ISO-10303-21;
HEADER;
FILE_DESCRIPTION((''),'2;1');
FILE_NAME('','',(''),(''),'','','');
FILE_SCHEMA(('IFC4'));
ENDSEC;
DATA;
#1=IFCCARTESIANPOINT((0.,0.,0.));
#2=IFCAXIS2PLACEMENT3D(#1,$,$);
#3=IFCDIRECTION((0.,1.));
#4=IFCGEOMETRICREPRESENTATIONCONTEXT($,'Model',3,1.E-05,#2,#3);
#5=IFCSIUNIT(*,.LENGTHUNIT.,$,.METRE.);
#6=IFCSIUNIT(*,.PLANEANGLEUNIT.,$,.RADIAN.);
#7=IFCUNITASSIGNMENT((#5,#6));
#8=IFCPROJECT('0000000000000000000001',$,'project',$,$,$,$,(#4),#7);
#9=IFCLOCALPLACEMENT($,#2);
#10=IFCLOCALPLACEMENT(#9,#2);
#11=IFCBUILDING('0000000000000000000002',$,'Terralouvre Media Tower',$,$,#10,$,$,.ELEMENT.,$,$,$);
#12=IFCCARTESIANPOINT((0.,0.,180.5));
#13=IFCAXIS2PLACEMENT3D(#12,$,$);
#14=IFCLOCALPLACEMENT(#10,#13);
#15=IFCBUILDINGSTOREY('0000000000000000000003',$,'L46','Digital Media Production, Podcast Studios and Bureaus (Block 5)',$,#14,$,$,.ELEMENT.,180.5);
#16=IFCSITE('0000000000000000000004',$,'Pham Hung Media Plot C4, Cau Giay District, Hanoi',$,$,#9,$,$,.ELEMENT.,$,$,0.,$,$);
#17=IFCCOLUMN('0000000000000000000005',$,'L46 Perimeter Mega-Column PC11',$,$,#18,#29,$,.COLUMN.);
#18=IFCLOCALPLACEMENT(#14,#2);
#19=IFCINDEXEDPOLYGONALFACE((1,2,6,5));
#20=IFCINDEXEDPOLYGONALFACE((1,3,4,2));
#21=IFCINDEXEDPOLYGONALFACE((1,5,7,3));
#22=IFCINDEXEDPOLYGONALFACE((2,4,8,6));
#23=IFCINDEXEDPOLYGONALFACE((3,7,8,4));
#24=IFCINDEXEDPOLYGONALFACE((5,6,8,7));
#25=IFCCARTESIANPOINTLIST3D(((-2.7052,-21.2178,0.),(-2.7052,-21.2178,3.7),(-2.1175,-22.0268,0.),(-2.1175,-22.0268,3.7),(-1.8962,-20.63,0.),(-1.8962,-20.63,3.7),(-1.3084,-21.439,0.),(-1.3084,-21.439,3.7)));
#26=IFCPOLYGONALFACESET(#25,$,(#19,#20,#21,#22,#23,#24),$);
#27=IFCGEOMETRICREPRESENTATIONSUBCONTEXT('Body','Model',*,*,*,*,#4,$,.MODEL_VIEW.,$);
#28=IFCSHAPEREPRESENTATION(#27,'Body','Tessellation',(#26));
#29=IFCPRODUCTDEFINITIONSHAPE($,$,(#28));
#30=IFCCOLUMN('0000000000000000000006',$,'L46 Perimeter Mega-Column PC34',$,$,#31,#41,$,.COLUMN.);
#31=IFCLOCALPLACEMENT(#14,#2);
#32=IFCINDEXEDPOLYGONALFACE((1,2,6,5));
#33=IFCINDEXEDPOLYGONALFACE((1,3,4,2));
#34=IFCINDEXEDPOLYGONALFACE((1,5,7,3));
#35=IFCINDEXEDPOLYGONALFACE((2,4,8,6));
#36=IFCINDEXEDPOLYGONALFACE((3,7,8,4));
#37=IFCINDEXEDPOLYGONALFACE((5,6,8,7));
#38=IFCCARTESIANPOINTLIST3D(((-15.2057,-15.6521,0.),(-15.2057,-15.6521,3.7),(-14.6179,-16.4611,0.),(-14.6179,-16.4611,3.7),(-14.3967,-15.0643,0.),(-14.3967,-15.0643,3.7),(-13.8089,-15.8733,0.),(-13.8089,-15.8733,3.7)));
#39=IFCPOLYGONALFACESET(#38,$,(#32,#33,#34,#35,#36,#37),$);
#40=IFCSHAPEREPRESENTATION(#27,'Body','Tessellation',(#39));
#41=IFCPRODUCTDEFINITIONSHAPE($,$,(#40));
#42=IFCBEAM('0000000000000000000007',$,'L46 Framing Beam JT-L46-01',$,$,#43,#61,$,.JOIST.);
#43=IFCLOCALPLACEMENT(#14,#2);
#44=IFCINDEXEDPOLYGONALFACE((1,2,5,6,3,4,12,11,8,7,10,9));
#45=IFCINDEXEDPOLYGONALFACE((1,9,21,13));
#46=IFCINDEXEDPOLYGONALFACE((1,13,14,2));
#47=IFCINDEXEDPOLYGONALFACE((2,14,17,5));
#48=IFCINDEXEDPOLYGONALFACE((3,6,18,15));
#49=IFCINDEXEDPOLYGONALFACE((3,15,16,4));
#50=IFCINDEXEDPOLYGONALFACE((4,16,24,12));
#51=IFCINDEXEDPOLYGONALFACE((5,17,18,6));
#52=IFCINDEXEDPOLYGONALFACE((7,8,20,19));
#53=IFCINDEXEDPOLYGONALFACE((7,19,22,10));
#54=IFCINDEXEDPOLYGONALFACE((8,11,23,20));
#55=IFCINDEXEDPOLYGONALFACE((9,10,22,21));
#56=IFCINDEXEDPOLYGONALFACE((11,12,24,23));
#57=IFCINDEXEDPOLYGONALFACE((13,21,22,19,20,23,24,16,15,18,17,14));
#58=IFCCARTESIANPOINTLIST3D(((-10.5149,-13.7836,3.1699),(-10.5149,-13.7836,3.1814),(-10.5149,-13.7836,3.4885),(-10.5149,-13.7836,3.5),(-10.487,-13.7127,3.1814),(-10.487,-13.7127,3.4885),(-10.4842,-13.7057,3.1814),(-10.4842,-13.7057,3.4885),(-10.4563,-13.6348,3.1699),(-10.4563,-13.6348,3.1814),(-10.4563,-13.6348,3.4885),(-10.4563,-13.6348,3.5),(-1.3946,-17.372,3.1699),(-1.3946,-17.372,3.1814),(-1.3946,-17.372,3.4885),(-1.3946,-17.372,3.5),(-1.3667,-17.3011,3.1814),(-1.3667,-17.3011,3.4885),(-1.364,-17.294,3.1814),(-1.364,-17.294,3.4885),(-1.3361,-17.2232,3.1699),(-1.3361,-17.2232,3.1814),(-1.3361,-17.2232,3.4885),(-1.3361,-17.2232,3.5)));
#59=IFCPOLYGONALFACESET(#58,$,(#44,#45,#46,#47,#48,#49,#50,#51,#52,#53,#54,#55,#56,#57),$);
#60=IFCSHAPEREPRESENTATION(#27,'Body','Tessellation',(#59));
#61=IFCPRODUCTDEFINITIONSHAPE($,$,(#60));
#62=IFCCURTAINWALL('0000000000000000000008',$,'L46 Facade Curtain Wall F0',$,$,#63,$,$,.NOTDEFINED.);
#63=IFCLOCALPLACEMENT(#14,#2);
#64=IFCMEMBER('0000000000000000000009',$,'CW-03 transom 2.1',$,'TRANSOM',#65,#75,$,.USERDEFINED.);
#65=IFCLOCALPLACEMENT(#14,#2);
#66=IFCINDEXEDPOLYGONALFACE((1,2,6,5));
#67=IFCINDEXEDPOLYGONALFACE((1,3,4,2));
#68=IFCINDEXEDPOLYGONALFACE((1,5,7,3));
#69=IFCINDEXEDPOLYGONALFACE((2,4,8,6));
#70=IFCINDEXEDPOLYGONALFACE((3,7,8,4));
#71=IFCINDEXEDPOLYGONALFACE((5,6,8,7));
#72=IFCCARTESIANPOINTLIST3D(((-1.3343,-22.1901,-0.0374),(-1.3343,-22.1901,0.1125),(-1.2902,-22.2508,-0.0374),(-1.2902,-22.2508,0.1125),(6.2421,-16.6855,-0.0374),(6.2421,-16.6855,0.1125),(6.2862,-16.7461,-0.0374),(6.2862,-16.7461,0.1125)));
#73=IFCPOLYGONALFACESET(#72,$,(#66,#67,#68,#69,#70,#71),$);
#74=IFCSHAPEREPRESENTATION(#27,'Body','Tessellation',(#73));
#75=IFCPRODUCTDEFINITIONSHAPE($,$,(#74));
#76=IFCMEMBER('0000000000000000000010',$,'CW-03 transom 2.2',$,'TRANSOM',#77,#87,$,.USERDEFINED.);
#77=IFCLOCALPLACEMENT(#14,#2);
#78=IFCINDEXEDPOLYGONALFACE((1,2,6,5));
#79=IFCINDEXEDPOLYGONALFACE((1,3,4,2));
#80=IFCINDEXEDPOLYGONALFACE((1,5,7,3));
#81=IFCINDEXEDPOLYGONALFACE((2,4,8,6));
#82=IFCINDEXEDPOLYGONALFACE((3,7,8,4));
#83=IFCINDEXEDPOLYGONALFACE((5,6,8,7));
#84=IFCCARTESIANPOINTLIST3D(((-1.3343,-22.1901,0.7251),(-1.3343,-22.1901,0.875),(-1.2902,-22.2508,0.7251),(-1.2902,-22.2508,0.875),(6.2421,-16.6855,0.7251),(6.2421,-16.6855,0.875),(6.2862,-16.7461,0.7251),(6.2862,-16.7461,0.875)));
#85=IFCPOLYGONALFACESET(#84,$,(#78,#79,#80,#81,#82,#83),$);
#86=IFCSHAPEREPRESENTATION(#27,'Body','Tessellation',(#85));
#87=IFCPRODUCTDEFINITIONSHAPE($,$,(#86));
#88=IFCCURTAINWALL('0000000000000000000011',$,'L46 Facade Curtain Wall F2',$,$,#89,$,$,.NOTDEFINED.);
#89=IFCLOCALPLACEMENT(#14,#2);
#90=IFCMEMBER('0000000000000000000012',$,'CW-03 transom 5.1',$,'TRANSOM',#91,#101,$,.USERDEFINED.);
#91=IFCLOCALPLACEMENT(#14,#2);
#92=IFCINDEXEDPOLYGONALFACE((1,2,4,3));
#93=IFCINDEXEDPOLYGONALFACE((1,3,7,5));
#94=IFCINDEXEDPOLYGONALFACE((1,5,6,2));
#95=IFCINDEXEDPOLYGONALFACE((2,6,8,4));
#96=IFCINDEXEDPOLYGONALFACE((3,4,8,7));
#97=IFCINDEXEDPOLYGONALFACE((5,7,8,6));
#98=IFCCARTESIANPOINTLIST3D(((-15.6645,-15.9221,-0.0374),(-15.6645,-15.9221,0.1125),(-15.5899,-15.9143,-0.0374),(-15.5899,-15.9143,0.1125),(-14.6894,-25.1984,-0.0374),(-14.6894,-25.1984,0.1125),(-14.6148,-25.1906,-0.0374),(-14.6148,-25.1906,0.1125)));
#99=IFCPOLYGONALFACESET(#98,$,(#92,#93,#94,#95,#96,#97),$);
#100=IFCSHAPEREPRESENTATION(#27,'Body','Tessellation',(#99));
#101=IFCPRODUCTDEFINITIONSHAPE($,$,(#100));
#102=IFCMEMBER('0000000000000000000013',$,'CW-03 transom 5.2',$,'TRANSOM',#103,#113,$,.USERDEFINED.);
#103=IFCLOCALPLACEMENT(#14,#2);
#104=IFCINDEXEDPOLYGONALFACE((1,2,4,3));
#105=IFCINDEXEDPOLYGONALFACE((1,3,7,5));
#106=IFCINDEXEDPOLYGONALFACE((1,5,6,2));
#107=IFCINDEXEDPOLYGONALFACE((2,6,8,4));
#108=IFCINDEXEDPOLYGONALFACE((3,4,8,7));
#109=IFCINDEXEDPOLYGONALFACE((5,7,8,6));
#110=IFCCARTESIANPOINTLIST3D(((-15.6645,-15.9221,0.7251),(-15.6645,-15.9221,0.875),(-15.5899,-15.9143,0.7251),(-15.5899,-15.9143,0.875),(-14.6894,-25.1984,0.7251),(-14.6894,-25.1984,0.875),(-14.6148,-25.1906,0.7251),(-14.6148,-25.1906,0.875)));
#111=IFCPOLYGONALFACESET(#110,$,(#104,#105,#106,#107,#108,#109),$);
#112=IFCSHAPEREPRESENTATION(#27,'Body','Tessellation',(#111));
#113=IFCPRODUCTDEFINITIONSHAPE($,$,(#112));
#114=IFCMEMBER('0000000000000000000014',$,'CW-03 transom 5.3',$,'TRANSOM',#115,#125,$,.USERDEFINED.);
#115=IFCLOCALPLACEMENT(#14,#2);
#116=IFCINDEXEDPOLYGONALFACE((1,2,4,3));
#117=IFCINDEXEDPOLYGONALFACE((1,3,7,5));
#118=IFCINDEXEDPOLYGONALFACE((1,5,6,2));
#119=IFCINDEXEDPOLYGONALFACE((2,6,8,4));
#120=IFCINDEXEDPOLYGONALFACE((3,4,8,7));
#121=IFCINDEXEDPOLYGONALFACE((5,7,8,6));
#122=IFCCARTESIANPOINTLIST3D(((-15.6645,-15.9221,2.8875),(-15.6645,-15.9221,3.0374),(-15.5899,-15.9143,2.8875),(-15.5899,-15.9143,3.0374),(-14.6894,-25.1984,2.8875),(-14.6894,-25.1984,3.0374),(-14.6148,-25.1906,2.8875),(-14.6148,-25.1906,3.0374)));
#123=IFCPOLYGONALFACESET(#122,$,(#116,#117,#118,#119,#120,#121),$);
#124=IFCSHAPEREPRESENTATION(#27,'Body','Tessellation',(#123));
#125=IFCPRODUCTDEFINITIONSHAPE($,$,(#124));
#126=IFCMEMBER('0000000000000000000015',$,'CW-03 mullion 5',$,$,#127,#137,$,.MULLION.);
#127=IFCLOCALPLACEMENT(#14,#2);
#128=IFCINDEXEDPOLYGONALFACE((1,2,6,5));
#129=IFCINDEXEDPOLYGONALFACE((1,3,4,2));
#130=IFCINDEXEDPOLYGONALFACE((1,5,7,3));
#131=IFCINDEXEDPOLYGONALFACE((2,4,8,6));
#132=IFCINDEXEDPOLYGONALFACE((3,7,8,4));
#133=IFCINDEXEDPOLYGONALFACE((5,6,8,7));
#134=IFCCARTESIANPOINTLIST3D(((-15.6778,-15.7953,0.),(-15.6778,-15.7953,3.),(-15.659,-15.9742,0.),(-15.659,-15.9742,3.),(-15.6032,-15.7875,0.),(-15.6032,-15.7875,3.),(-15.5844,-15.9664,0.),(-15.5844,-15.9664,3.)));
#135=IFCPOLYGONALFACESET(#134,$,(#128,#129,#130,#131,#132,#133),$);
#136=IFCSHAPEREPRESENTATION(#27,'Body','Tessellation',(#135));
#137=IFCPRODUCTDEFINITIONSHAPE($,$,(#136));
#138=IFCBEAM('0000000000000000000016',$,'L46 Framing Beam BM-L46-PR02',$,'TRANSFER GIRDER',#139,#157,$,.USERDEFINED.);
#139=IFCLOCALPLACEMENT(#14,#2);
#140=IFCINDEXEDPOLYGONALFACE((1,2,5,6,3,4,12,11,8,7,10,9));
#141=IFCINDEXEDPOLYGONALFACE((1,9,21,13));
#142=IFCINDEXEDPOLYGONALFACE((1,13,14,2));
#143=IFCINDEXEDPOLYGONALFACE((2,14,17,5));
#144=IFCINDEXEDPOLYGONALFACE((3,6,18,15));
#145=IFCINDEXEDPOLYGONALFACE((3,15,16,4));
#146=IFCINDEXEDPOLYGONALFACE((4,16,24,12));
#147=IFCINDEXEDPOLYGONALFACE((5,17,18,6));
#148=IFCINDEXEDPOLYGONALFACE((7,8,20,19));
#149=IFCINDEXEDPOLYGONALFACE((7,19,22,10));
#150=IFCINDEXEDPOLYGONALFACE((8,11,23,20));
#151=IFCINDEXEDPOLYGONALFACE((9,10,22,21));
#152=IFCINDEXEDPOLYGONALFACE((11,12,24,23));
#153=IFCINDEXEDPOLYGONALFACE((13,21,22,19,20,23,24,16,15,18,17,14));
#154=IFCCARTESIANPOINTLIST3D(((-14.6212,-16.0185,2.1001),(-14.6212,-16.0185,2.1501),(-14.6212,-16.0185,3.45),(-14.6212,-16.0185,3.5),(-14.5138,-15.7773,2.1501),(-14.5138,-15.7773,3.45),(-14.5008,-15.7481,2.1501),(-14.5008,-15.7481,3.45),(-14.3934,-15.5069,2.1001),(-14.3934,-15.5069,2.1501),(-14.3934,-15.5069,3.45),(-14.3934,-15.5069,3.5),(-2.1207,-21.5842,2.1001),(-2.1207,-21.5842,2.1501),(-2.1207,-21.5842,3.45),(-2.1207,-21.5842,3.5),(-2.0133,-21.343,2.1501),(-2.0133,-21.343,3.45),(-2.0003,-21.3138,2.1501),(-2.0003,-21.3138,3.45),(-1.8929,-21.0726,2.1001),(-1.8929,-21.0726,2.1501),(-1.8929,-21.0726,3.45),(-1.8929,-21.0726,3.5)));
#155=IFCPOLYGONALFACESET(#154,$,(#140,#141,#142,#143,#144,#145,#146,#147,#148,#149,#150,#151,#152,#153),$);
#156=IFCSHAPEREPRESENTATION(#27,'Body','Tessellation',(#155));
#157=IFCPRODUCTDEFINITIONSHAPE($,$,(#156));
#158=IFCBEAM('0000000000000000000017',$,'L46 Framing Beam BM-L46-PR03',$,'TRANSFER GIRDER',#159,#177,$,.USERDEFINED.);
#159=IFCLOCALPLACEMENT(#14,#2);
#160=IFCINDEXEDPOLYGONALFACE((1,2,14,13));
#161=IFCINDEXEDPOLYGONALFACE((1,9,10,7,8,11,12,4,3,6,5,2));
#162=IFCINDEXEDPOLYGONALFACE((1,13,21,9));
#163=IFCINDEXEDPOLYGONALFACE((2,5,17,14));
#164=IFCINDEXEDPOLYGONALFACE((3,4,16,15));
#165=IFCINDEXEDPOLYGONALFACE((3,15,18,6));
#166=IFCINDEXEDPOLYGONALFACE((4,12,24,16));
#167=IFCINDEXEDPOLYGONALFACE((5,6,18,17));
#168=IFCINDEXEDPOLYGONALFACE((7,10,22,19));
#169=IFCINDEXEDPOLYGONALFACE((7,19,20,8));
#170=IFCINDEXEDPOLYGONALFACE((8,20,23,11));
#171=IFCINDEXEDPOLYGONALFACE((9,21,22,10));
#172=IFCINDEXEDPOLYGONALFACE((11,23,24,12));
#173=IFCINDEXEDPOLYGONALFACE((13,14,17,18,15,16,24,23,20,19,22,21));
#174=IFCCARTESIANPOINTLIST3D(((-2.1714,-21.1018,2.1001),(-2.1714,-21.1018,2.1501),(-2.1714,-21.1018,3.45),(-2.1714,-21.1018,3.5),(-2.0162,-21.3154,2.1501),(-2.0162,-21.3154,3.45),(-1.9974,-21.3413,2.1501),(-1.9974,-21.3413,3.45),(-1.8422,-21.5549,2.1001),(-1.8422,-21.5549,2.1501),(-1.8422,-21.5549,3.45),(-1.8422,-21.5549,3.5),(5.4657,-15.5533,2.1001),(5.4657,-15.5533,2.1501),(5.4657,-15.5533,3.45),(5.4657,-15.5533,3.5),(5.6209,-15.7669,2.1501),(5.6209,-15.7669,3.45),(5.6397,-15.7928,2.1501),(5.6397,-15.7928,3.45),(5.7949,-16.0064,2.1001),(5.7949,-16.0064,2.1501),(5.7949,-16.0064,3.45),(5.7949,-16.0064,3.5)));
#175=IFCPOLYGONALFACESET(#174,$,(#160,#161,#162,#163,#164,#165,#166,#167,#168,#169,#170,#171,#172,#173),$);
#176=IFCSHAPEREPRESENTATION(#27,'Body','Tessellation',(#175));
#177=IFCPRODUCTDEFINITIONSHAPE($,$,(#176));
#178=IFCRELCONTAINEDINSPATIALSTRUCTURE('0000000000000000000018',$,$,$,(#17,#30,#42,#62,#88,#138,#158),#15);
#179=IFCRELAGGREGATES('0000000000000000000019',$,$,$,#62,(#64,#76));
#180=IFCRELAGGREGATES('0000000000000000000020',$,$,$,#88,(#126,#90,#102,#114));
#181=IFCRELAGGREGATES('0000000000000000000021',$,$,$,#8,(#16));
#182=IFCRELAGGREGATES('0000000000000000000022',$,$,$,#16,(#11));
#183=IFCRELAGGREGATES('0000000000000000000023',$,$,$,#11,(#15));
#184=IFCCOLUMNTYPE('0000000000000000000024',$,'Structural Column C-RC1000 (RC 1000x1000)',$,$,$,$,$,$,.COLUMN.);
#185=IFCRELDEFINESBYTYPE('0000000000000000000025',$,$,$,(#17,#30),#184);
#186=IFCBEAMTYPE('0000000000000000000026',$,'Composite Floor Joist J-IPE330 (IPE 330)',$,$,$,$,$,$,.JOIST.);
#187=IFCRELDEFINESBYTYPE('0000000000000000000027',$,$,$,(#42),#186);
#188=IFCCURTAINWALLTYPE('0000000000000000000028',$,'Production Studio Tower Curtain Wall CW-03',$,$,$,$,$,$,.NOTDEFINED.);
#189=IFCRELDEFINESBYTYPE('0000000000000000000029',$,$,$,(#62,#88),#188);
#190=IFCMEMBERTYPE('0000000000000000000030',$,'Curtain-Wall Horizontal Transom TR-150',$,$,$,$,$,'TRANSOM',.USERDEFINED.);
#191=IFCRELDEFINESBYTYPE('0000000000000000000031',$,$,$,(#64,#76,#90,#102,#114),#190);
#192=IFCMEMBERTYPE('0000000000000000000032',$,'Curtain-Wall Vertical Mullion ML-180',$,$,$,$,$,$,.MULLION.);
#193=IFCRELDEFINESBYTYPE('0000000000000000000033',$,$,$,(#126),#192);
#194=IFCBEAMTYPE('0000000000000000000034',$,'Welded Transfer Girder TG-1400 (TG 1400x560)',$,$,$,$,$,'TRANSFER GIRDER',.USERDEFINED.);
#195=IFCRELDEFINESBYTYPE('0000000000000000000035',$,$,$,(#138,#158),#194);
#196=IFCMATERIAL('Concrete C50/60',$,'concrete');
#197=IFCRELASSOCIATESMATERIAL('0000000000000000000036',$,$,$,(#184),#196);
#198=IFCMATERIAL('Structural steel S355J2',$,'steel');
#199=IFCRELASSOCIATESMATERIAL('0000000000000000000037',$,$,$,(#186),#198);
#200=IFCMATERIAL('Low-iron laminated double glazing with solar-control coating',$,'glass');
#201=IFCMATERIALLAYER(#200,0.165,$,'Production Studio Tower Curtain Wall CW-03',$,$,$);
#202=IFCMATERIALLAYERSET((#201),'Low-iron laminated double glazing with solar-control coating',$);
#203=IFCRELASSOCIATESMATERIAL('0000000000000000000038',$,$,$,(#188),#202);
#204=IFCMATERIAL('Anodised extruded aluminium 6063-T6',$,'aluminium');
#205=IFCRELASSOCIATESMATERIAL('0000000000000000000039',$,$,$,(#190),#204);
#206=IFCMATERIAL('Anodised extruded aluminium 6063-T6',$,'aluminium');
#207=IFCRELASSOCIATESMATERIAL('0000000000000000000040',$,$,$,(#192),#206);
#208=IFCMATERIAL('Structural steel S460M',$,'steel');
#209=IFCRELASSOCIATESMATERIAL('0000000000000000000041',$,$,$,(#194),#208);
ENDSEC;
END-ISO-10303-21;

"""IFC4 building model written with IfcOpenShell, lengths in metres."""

from ifc_helpers import new_model, si_unit, direction, frame, origin, origin_2d, place, context, subcontext, project, spatial, rectangle, i_section, extrude, material, layer, layer_set, material_profile, profile_set, type_object, element, aggregate, save


model = new_model("IFC4")

# Units and contexts
model_context = context("Model", 3, precision=1e-05, world=origin(), true_north=direction((0.0, 1.0)))
body_context = subcontext(model_context, "Body", "Model", "MODEL_VIEW")
ifc_project = project(units=[si_unit("LENGTHUNIT", "METRE"), si_unit("PLANEANGLEUNIT", "RADIAN")], contexts=[model_context])

# Site, building, storey
site_placement = place(None, origin())
site = spatial("IfcSite", under=ifc_project, at=site_placement, Name="Pham Hung Media Plot C4, Cau Giay District, Hanoi", CompositionType="ELEMENT", RefElevation=0.0)
building_placement = place(site_placement, origin())
building = spatial("IfcBuilding", under=site, at=building_placement, Name="Terralouvre Media Tower", CompositionType="ELEMENT")
storey_placement = place(building_placement, frame((0.0, 0.0, 180.5)))
storey = spatial("IfcBuildingStorey", under=building, at=storey_placement, Name="L46", Description="Digital Media Production, Podcast Studios and Bureaus (Block 5)", CompositionType="ELEMENT", Elevation=180.5)

# Columns
ifc_material_1 = material(Name="Concrete C50/60", Category="concrete")
ifc_material_profile_1 = material_profile(ifc_material_1, rectangle(XDim=1.0, YDim=1.0, at=origin_2d()), Name="RC 1000x1000")
ifc_profile_set_1 = profile_set([ifc_material_profile_1], Name="Concrete C50/60")
column_type = type_object("IfcColumnType", Name="Structural Column C-RC1000 (RC 1000x1000)", PredefinedType="COLUMN", material=ifc_profile_set_1)
for number, where, z_axis, x_axis, name in (
    (1, (-2.0068, -21.3284, 0.0), (0.0, 0.0, 1.0), (0.809017, 0.587785, 0.0), "L46 Perimeter Mega-Column PC11"),
    (2, (-14.5073, -15.7627, 0.0), (0.0, 0.0, 1.0), (0.809017, 0.587785, 0.0), "L46 Perimeter Mega-Column PC34"),
):
    element("IfcColumn", number, at=place(storey_placement, frame(where, z_axis=z_axis, x_axis=x_axis)), inside=storey, type_object=column_type, Name=name, PredefinedType="COLUMN", context=body_context, shape_type="SweptSolid", body=[
        extrude(rectangle(XDim=1.0, YDim=1.0, at=origin_2d()), origin(), (0.0, 0.0, 1.0), 3.7),
    ])

# Beam
ifc_material_2 = material(Name="Structural steel S355J2", Category="steel")
ifc_material_profile_2 = material_profile(ifc_material_2, i_section(OverallWidth=0.1599, OverallDepth=0.3301, WebThickness=0.0076, FlangeThickness=0.0115, at=origin_2d()), Name="IPE 330")
ifc_profile_set_2 = profile_set([ifc_material_profile_2], Name="Structural steel S355J2")
beam_type_1 = type_object("IfcBeamType", Name="Composite Floor Joist J-IPE330 (IPE 330)", PredefinedType="JOIST", material=ifc_profile_set_2)
beam_1_placement = place(storey_placement, frame((-10.4856, -13.7092, 3.335), z_axis=(0.930565, -0.366128, 0.0), x_axis=(0.366128, 0.930565, 0.0)))
element("IfcBeam", 3, at=beam_1_placement, inside=storey, type_object=beam_type_1, Name="L46 Framing Beam JT-L46-01", PredefinedType="JOIST", context=body_context, shape_type="SweptSolid", body=[
    extrude(i_section(OverallWidth=0.1599, OverallDepth=0.3301, WebThickness=0.0076, FlangeThickness=0.0115, at=origin_2d()), origin(), (0.0, 0.0, 1.0), 9.8008),
])

# Curtain walls, members
ifc_material_3 = material(Name="Low-iron laminated double glazing with solar-control coating", Category="glass")
ifc_layer_1 = layer(ifc_material_3, 0.165, Name="Production Studio Tower Curtain Wall CW-03")
ifc_layer_set_1 = layer_set([ifc_layer_1], Name="Low-iron laminated double glazing with solar-control coating")
curtain_wall_type = type_object("IfcCurtainWallType", Name="Production Studio Tower Curtain Wall CW-03", PredefinedType="NOTDEFINED", material=ifc_layer_set_1)
curtain_wall_1_placement = place(storey_placement, origin())
curtain_wall_1 = element("IfcCurtainWall", 4, at=curtain_wall_1_placement, inside=storey, type_object=curtain_wall_type, Name="L46 Facade Curtain Wall F0", PredefinedType="NOTDEFINED")
ifc_material_4 = material(Name="Anodised extruded aluminium 6063-T6", Category="aluminium")
ifc_material_profile_3 = material_profile(ifc_material_4, rectangle(XDim=0.075, YDim=0.1499, at=origin_2d()), Name="ALU 75x150")
ifc_profile_set_3 = profile_set([ifc_material_profile_3], Name="Anodised extruded aluminium 6063-T6")
member_type_1 = type_object("IfcMemberType", Name="Curtain-Wall Horizontal Transom TR-150", ElementType="TRANSOM", PredefinedType="USERDEFINED", material=ifc_profile_set_3)
member_1_placement = place(storey_placement, frame((-1.3123, -22.2205, 0.0376), z_axis=(0.809014, 0.587789, 0.0), x_axis=(-0.587789, 0.809014, 0.0)))
member_1 = element("IfcMember", 5, at=member_1_placement, type_object=member_type_1, Name="CW-03 transom 2.1", ObjectType="TRANSOM", PredefinedType="USERDEFINED", context=body_context, shape_type="SweptSolid", body=[
    extrude(rectangle(XDim=0.075, YDim=0.1499, at=origin_2d()), origin(), (0.0, 0.0, 1.0), 9.365),
])
member_2_placement = place(storey_placement, frame((-1.3123, -22.2205, 0.8), z_axis=(0.809014, 0.587789, 0.0), x_axis=(-0.587789, 0.809014, 0.0)))
member_2 = element("IfcMember", 6, at=member_2_placement, type_object=member_type_1, Name="CW-03 transom 2.2", ObjectType="TRANSOM", PredefinedType="USERDEFINED", context=body_context, shape_type="SweptSolid", body=[
    extrude(rectangle(XDim=0.075, YDim=0.1499, at=origin_2d()), origin(), (0.0, 0.0, 1.0), 9.365),
])
aggregate(curtain_wall_1, [member_1, member_2])
curtain_wall_2_placement = place(storey_placement, origin())
curtain_wall_2 = element("IfcCurtainWall", 7, at=curtain_wall_2_placement, inside=storey, type_object=curtain_wall_type, Name="L46 Facade Curtain Wall F2", PredefinedType="NOTDEFINED")
member_3_placement = place(storey_placement, frame((-15.6272, -15.9182, 0.0376), z_axis=(0.10454, -0.994521, 0.0), x_axis=(0.994521, 0.10454, 0.0)))
member_3 = element("IfcMember", 8, at=member_3_placement, type_object=member_type_1, Name="CW-03 transom 5.1", ObjectType="TRANSOM", PredefinedType="USERDEFINED", context=body_context, shape_type="SweptSolid", body=[
    extrude(rectangle(XDim=0.075, YDim=0.1499, at=origin_2d()), origin(), (0.0, 0.0, 1.0), 9.3274),
])
member_4_placement = place(storey_placement, frame((-15.6272, -15.9182, 0.8), z_axis=(0.10454, -0.994521, 0.0), x_axis=(0.994521, 0.10454, 0.0)))
member_4 = element("IfcMember", 9, at=member_4_placement, type_object=member_type_1, Name="CW-03 transom 5.2", ObjectType="TRANSOM", PredefinedType="USERDEFINED", context=body_context, shape_type="SweptSolid", body=[
    extrude(rectangle(XDim=0.075, YDim=0.1499, at=origin_2d()), origin(), (0.0, 0.0, 1.0), 9.3274),
])
member_5_placement = place(storey_placement, frame((-15.6272, -15.9182, 2.9624), z_axis=(0.10454, -0.994521, 0.0), x_axis=(0.994521, 0.10454, 0.0)))
member_5 = element("IfcMember", 10, at=member_5_placement, type_object=member_type_1, Name="CW-03 transom 5.3", ObjectType="TRANSOM", PredefinedType="USERDEFINED", context=body_context, shape_type="SweptSolid", body=[
    extrude(rectangle(XDim=0.075, YDim=0.1499, at=origin_2d()), origin(), (0.0, 0.0, 1.0), 9.3274),
])
ifc_material_5 = material(Name="Anodised extruded aluminium 6063-T6", Category="aluminium")
ifc_material_profile_4 = material_profile(ifc_material_5, rectangle(XDim=0.075, YDim=0.1799, at=origin_2d()), Name="ALU 75x180")
ifc_profile_set_4 = profile_set([ifc_material_profile_4], Name="Anodised extruded aluminium 6063-T6")
member_type_2 = type_object("IfcMemberType", Name="Curtain-Wall Vertical Mullion ML-180", PredefinedType="MULLION", material=ifc_profile_set_4)
member_6_placement = place(storey_placement, frame((-15.6311, -15.8809, 0.0), z_axis=(0.0, 0.0, 1.0), x_axis=(0.994522, 0.104528, 0.0)))
member_6 = element("IfcMember", 11, at=member_6_placement, type_object=member_type_2, Name="CW-03 mullion 5", PredefinedType="MULLION", context=body_context, shape_type="SweptSolid", body=[
    extrude(rectangle(XDim=0.075, YDim=0.1799, at=origin_2d()), origin(), (0.0, 0.0, 1.0), 3.0),
])

# Beams
ifc_material_6 = material(Name="Structural steel S460M", Category="steel")
ifc_material_profile_5 = material_profile(ifc_material_6, i_section(OverallWidth=0.5601, OverallDepth=1.3999, WebThickness=0.032, FlangeThickness=0.05, at=origin_2d()), Name="TG 1400x560")
ifc_profile_set_5 = profile_set([ifc_material_profile_5], Name="Structural steel S460M")
beam_type_2 = type_object("IfcBeamType", Name="Welded Transfer Girder TG-1400 (TG 1400x560)", ElementType="TRANSFER GIRDER", PredefinedType="USERDEFINED", material=ifc_profile_set_5)
beam_2_placement = place(storey_placement, frame((-14.5073, -15.7627, 2.8), z_axis=(0.913543, -0.406743, 0.0), x_axis=(0.406743, 0.913543, 0.0)))
element("IfcBeam", 12, at=beam_2_placement, inside=storey, type_object=beam_type_2, Name="L46 Framing Beam BM-L46-PR02", ObjectType="TRANSFER GIRDER", PredefinedType="USERDEFINED", context=body_context, shape_type="SweptSolid", body=[
    extrude(i_section(OverallWidth=0.5601, OverallDepth=1.3999, WebThickness=0.032, FlangeThickness=0.05, at=origin_2d()), origin(), (0.0, 0.0, 1.0), 13.6836),
])
beam_3_placement = place(storey_placement, frame((-2.0068, -21.3284, 2.8), z_axis=(0.809026, 0.587773, 0.0), x_axis=(-0.587773, 0.809026, 0.0)))
element("IfcBeam", 13, at=beam_3_placement, inside=storey, type_object=beam_type_2, Name="L46 Framing Beam BM-L46-PR03", ObjectType="TRANSFER GIRDER", PredefinedType="USERDEFINED", context=body_context, shape_type="SweptSolid", body=[
    extrude(i_section(OverallWidth=0.5601, OverallDepth=1.3999, WebThickness=0.032, FlangeThickness=0.05, at=origin_2d()), origin(), (0.0, 0.0, 1.0), 9.4399),
])

aggregate(curtain_wall_2, [member_6, member_3, member_4, member_5])

save(model, "model.ifc")
